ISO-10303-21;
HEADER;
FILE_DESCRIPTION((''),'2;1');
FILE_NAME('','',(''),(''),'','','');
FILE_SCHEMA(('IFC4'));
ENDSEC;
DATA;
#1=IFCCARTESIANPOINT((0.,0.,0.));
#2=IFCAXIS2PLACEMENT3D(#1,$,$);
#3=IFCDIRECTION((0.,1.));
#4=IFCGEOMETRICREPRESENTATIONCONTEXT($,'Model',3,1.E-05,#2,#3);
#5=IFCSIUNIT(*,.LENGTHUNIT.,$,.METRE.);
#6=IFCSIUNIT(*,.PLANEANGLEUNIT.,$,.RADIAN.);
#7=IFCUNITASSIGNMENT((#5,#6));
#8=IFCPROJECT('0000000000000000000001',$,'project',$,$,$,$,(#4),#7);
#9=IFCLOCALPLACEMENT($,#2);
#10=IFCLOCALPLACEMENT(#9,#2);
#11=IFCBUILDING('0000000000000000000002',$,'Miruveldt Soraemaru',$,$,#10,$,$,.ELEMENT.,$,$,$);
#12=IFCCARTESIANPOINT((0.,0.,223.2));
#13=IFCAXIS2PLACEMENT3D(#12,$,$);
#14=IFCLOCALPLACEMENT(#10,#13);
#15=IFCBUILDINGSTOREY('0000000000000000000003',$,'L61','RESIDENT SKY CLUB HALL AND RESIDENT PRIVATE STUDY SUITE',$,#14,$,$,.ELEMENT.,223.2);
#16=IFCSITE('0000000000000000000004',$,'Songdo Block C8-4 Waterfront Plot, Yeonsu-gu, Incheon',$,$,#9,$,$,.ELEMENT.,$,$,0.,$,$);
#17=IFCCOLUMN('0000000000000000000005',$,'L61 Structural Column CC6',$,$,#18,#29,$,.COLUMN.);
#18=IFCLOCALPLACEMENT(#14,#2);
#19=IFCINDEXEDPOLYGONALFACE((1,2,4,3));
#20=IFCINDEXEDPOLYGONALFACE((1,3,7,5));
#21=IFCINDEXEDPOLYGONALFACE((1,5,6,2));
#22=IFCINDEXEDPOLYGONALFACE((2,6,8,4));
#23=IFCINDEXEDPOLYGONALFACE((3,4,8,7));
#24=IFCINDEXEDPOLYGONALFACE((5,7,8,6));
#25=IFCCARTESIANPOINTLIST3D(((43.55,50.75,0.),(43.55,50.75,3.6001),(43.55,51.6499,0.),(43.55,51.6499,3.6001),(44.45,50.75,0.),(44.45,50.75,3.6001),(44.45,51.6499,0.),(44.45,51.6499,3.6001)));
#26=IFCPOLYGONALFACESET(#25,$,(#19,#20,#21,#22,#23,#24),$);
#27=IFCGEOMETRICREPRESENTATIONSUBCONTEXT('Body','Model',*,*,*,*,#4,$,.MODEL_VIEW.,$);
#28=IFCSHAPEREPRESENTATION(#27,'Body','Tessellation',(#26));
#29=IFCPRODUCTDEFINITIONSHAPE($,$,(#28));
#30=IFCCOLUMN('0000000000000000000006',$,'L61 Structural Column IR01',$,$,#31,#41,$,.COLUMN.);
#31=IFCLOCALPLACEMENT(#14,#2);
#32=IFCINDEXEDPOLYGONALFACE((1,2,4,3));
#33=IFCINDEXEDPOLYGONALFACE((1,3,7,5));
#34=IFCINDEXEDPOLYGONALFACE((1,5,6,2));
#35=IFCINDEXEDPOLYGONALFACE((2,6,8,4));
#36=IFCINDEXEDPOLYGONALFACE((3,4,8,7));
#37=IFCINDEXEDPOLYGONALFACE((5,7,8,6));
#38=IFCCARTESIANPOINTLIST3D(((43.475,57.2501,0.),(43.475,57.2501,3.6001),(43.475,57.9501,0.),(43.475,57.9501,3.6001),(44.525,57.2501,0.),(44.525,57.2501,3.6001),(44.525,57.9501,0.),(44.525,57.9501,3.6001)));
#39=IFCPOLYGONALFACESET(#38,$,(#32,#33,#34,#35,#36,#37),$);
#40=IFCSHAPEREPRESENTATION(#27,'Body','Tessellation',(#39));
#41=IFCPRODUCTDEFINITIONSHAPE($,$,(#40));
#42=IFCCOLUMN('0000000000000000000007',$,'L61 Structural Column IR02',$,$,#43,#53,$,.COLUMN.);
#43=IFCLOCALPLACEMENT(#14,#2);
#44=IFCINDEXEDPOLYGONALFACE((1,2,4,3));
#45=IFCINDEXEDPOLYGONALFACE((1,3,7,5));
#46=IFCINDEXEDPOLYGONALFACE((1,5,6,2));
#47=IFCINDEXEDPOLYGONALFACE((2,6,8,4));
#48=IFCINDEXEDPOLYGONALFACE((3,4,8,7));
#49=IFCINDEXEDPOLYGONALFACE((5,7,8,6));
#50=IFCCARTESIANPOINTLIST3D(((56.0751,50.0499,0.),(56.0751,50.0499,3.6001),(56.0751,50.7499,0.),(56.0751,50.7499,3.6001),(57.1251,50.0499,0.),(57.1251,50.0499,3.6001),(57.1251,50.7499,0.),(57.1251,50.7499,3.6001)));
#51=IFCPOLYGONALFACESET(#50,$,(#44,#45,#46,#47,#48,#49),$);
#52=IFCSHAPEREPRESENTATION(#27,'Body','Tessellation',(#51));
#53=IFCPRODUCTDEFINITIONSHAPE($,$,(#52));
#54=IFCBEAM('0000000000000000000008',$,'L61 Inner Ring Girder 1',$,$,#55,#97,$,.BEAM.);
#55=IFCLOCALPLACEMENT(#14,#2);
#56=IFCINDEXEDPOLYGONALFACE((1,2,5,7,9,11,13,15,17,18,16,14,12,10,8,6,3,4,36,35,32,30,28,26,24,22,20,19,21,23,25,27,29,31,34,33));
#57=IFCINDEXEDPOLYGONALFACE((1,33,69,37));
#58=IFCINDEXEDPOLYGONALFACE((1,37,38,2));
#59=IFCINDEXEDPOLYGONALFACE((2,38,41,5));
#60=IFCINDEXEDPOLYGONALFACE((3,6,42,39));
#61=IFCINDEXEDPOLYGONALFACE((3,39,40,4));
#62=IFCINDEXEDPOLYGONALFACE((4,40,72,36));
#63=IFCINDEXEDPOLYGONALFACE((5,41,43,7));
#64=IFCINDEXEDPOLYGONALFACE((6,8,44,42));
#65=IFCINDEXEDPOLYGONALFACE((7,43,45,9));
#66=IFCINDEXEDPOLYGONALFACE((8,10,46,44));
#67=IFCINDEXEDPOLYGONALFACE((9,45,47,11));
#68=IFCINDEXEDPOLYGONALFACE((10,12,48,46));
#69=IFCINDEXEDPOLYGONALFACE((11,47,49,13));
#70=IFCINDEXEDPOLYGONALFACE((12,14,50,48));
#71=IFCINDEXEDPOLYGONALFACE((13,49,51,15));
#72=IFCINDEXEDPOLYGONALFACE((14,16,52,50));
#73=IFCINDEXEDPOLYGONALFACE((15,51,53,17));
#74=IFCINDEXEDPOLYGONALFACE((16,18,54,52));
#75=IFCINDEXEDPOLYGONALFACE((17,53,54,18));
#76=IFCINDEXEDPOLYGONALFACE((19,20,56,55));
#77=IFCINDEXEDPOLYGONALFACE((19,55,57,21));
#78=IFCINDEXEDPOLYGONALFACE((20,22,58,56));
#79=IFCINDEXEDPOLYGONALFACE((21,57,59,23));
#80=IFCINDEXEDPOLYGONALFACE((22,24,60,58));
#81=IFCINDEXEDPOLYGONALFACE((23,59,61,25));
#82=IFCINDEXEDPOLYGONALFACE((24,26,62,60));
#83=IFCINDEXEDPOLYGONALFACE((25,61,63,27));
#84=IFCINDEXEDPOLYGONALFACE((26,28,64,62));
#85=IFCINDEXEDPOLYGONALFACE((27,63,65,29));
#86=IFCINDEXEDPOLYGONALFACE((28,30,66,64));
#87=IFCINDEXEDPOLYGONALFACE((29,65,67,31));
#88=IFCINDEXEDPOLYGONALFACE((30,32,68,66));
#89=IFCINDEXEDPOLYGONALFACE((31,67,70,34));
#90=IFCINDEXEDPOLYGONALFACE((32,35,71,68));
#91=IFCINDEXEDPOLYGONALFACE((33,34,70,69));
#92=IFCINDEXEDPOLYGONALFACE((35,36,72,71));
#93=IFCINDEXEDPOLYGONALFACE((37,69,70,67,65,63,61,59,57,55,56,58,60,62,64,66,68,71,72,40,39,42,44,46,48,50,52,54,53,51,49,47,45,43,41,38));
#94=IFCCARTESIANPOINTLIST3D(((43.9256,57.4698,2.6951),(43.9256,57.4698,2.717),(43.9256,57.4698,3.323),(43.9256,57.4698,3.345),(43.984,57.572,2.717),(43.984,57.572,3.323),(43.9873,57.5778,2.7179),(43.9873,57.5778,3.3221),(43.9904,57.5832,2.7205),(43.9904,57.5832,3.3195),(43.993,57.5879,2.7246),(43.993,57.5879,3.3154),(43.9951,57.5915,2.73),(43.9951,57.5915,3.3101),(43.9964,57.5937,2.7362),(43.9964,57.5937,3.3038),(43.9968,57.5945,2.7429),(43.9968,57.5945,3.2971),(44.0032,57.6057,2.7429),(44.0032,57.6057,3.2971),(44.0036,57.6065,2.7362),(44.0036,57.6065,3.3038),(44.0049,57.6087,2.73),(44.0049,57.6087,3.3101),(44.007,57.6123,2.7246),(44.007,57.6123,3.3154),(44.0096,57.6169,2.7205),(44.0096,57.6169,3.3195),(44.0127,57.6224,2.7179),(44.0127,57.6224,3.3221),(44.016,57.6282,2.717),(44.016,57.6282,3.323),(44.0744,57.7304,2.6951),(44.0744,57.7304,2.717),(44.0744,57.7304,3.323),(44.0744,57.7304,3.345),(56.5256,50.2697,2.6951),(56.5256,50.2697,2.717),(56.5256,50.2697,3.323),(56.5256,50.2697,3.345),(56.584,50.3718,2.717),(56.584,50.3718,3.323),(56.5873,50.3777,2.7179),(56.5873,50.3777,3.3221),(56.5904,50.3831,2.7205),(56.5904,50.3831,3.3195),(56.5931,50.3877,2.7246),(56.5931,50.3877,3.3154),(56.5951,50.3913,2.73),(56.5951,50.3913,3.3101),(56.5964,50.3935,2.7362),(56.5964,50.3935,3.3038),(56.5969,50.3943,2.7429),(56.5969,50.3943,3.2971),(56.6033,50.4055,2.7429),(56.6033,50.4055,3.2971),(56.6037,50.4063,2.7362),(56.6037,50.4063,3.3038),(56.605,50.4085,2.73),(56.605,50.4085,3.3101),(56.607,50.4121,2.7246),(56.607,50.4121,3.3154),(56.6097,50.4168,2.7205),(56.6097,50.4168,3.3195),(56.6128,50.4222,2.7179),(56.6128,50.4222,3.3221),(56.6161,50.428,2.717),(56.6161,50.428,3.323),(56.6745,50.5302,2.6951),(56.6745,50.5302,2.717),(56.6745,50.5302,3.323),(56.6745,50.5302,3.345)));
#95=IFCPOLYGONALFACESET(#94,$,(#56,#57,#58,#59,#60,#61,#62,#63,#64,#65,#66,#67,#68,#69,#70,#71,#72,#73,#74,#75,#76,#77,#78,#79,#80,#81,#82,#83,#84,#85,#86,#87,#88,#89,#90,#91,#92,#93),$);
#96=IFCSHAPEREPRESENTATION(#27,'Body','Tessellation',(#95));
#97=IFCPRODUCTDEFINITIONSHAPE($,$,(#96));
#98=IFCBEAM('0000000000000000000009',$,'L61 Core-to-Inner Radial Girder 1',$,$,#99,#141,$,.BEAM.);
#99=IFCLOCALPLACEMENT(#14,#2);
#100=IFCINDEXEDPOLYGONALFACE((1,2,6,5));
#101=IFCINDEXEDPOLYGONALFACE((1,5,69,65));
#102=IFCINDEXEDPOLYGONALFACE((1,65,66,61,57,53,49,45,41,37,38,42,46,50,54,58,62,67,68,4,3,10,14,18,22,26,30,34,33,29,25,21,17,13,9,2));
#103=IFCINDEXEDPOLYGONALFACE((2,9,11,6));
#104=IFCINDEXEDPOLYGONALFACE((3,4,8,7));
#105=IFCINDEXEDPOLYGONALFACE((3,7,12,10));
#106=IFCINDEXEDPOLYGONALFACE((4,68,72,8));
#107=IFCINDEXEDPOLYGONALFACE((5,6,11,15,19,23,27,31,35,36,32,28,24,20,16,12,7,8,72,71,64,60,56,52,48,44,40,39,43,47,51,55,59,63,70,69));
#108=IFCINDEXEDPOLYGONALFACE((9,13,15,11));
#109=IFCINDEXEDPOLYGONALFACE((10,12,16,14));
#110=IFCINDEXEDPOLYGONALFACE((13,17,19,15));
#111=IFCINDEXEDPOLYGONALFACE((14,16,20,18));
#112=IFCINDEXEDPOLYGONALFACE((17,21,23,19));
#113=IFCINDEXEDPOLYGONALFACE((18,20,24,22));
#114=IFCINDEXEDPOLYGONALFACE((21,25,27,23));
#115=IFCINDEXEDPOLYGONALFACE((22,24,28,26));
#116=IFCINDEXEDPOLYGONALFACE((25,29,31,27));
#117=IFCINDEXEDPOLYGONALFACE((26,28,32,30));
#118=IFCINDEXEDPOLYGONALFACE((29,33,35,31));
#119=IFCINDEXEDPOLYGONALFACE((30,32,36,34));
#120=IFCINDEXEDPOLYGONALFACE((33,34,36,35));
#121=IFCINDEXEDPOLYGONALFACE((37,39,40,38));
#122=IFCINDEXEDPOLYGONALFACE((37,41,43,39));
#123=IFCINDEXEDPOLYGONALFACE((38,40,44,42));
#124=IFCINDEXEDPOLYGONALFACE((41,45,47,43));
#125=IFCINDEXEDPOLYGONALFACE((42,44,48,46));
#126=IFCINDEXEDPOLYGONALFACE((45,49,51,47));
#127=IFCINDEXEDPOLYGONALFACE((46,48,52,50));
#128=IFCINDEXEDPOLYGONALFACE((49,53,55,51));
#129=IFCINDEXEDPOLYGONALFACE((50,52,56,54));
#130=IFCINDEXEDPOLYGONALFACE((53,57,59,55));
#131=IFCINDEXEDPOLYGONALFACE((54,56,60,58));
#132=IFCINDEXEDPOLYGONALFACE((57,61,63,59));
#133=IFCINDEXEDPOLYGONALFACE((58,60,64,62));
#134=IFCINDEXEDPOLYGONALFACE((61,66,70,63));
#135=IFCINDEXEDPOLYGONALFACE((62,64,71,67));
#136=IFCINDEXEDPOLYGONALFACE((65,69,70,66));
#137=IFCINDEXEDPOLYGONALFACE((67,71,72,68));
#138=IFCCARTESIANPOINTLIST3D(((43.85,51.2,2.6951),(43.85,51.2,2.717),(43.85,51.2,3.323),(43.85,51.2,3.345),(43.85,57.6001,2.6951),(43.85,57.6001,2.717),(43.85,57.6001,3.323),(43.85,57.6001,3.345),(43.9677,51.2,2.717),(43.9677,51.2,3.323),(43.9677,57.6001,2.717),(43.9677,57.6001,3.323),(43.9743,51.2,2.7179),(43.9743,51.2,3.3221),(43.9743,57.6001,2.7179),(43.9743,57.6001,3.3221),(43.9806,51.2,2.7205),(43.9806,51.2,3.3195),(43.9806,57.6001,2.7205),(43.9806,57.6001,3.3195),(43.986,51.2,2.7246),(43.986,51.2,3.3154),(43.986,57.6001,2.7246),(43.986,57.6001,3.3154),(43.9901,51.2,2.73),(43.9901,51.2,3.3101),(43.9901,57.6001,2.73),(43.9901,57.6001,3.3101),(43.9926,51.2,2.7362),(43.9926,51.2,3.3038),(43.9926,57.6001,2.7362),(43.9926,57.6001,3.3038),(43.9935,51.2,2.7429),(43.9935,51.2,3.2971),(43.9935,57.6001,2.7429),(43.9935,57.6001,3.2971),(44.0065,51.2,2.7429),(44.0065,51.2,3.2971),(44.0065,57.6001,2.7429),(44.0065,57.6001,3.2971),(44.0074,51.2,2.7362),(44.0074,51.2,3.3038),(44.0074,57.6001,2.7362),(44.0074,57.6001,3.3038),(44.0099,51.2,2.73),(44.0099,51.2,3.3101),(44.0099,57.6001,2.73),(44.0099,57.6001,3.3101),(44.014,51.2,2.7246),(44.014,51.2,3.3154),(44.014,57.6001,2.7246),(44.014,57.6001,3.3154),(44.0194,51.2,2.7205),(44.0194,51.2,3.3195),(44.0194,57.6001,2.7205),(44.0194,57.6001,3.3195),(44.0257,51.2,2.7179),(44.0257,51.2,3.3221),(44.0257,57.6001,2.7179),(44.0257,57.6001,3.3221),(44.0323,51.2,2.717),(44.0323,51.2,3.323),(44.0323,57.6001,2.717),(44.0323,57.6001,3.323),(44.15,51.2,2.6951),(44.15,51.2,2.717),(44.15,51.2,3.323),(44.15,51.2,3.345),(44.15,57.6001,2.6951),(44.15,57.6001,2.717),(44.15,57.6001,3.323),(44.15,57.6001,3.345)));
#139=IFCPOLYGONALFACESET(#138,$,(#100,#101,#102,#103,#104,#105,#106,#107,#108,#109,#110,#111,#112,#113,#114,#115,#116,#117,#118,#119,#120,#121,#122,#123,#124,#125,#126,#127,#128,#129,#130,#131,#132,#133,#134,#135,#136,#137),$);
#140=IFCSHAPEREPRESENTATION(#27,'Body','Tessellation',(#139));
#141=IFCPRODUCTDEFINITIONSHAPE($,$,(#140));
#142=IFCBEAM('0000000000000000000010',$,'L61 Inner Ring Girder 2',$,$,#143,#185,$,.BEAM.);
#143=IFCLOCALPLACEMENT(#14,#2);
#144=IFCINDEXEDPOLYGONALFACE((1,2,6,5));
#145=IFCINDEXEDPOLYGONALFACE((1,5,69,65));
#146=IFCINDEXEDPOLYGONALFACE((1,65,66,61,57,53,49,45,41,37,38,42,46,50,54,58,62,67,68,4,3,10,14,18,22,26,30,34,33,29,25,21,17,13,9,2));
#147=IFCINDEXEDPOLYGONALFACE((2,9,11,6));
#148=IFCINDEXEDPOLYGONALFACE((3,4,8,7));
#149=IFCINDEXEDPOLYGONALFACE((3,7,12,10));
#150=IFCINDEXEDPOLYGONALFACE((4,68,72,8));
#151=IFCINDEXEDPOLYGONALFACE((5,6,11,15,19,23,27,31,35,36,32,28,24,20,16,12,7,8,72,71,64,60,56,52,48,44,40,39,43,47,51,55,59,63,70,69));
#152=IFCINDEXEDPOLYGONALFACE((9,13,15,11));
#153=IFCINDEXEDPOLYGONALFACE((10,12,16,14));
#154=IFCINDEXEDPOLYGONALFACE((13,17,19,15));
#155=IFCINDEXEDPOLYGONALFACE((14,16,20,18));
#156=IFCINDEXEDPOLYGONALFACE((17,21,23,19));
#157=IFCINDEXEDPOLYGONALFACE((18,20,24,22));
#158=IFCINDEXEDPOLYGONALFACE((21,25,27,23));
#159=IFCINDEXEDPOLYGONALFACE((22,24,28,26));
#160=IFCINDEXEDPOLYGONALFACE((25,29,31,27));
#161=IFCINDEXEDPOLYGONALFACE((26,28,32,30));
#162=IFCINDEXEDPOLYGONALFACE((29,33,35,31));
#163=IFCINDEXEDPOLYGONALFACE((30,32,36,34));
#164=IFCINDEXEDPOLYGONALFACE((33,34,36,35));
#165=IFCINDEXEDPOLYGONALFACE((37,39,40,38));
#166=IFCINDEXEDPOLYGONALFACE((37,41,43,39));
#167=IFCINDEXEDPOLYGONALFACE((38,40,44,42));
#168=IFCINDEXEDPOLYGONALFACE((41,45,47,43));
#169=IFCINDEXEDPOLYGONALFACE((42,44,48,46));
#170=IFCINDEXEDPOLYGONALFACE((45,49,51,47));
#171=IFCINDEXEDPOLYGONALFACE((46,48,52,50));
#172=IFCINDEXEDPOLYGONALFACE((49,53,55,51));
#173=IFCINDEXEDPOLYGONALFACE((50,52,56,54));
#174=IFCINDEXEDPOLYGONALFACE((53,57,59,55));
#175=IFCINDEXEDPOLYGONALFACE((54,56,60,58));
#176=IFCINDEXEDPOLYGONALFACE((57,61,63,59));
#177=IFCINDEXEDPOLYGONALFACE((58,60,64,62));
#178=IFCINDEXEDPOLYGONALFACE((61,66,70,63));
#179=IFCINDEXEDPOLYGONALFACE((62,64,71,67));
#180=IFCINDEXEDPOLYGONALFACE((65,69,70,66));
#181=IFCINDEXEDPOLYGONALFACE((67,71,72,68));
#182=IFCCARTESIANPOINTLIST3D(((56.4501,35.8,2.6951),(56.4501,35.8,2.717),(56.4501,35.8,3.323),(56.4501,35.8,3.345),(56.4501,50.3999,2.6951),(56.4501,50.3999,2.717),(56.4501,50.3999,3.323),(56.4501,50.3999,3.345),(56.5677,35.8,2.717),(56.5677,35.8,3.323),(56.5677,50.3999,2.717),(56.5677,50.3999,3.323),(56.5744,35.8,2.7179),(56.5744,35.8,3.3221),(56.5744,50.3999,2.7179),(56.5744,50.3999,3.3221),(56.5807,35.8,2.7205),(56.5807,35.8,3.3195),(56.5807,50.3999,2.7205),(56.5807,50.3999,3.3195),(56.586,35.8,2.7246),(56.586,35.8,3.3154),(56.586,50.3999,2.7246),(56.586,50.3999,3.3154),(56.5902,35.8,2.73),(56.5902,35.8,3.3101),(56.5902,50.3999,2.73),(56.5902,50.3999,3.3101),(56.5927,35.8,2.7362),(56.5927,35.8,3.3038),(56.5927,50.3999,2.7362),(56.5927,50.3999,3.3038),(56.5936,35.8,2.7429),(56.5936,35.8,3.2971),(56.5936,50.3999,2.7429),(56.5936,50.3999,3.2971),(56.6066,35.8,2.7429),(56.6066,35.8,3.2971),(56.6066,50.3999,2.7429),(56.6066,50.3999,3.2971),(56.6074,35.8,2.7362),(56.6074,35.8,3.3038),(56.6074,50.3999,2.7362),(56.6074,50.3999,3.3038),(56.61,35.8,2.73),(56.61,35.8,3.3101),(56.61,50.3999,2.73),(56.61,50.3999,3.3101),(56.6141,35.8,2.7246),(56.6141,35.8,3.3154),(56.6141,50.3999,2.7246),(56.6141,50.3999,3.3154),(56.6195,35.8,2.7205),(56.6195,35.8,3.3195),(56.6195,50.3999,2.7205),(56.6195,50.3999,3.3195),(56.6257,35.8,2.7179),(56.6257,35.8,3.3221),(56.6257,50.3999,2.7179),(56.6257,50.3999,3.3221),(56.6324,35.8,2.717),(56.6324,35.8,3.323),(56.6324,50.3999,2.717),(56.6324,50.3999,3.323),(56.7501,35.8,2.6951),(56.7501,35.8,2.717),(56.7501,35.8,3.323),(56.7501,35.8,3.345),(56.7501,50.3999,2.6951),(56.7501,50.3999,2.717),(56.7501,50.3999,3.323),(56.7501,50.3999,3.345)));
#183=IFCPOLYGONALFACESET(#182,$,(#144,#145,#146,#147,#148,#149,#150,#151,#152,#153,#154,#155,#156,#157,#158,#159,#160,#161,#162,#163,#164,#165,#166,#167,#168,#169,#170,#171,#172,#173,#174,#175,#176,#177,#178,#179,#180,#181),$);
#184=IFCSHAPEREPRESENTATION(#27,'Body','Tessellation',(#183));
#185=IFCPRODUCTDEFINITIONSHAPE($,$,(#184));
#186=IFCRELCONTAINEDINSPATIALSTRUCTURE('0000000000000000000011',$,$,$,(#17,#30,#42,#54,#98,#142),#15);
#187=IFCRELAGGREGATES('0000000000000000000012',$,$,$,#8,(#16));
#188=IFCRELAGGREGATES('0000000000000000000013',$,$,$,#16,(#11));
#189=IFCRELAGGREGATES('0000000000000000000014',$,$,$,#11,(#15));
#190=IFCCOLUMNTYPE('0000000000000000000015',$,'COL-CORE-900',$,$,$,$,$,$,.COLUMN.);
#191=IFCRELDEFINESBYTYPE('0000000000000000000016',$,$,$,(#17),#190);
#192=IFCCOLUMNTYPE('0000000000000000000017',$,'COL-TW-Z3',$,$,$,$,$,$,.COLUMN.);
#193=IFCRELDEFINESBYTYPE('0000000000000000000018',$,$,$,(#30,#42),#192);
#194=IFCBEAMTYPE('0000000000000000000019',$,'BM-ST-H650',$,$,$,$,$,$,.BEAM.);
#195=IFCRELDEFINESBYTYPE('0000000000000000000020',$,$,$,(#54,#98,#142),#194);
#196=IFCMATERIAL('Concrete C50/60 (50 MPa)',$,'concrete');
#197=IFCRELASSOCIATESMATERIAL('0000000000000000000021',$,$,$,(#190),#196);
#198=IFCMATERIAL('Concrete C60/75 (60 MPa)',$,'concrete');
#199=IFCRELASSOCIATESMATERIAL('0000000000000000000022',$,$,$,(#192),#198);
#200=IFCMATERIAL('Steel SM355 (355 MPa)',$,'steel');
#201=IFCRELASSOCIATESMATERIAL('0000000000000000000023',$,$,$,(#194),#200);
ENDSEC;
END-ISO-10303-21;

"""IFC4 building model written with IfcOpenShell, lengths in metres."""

from ifc_helpers import new_model, si_unit, direction, frame, origin, origin_2d, place, context, subcontext, project, spatial, rectangle, i_section, extrude, material, material_profile, profile_set, type_object, element, save


model = new_model("IFC4")

# Units and contexts
model_context = context("Model", 3, precision=1e-05, world=origin(), true_north=direction((0.0, 1.0)))
body_context = subcontext(model_context, "Body", "Model", "MODEL_VIEW")
ifc_project = project(units=[si_unit("LENGTHUNIT", "METRE"), si_unit("PLANEANGLEUNIT", "RADIAN")], contexts=[model_context])

# Site, building, storey
site_placement = place(None, origin())
site = spatial("IfcSite", under=ifc_project, at=site_placement, Name="Songdo Block C8-4 Waterfront Plot, Yeonsu-gu, Incheon", CompositionType="ELEMENT", RefElevation=0.0)
building_placement = place(site_placement, origin())
building = spatial("IfcBuilding", under=site, at=building_placement, Name="Miruveldt Soraemaru", CompositionType="ELEMENT")
storey_placement = place(building_placement, frame((0.0, 0.0, 223.2)))
storey = spatial("IfcBuildingStorey", under=building, at=storey_placement, Name="L61", Description="RESIDENT SKY CLUB HALL AND RESIDENT PRIVATE STUDY SUITE", CompositionType="ELEMENT", Elevation=223.2)

# Columns
ifc_material_1 = material(Name="Concrete C50/60 (50 MPa)", Category="concrete")
ifc_material_profile_1 = material_profile(ifc_material_1, rectangle(XDim=0.8999, YDim=0.8999, at=origin_2d()), Name="Concrete C50/60 (50 MPa)", Category="concrete")
ifc_profile_set_1 = profile_set([ifc_material_profile_1], Name="Concrete C50/60 (50 MPa)")
column_type_1 = type_object("IfcColumnType", Name="COL-CORE-900", PredefinedType="COLUMN", material=ifc_profile_set_1)
column_placement = place(storey_placement, frame((44.0, 51.2, 0.0), z_axis=(0.0, 0.0, 1.0), x_axis=(1.0, 0.0, 0.0)))
element("IfcColumn", 1, at=column_placement, inside=storey, type_object=column_type_1, Name="L61 Structural Column CC6", PredefinedType="COLUMN", context=body_context, shape_type="SweptSolid", body=[
    extrude(rectangle(XDim=0.8999, YDim=0.8999, at=origin_2d()), origin(), (0.0, 0.0, 1.0), 3.6001),
])
ifc_material_2 = material(Name="Concrete C60/75 (60 MPa)", Category="concrete")
ifc_material_profile_2 = material_profile(ifc_material_2, rectangle(XDim=1.05, YDim=0.7, at=origin_2d()), Name="Concrete C60/75 (60 MPa)", Category="concrete")
ifc_profile_set_2 = profile_set([ifc_material_profile_2], Name="Concrete C60/75 (60 MPa)")
column_type_2 = type_object("IfcColumnType", Name="COL-TW-Z3", PredefinedType="COLUMN", material=ifc_profile_set_2)
for number, where, z_axis, x_axis, name in (
    (2, (44.0, 57.6001, 0.0), (0.0, 0.0, 1.0), (1.0, 0.0, 0.0), "L61 Structural Column IR01"),
    (3, (56.6001, 50.3999, 0.0), (0.0, 0.0, 1.0), (1.0, 0.0, 0.0), "L61 Structural Column IR02"),
):
    element("IfcColumn", number, at=place(storey_placement, frame(where, z_axis=z_axis, x_axis=x_axis)), inside=storey, type_object=column_type_2, Name=name, PredefinedType="COLUMN", context=body_context, shape_type="SweptSolid", body=[
        extrude(rectangle(XDim=1.05, YDim=0.7, at=origin_2d()), origin(), (0.0, 0.0, 1.0), 3.6001),
    ])

# Beams
ifc_material_3 = material(Name="Steel SM355 (355 MPa)", Category="steel")
ifc_material_profile_3 = material_profile(ifc_material_3, i_section(OverallWidth=0.3, OverallDepth=0.6499, WebThickness=0.0129, FlangeThickness=0.022, FilletRadius=0.0259, at=origin_2d()), Name="Steel SM355 (355 MPa)", Category="steel")
ifc_profile_set_3 = profile_set([ifc_material_profile_3], Name="Steel SM355 (355 MPa)")
beam_type = type_object("IfcBeamType", Name="BM-ST-H650", PredefinedType="BEAM", material=ifc_profile_set_3)
beam_1_placement = place(storey_placement, frame((44.0, 57.6001, 3.02), z_axis=(0.868239, -0.496146, 0.0), x_axis=(0.496146, 0.868239, 0.0)))
element("IfcBeam", 4, at=beam_1_placement, inside=storey, type_object=beam_type, Name="L61 Inner Ring Girder 1", PredefinedType="BEAM", context=body_context, shape_type="SweptSolid", body=[
    extrude(i_section(OverallWidth=0.3, OverallDepth=0.6499, WebThickness=0.0129, FlangeThickness=0.022, FilletRadius=0.0259, at=origin_2d()), origin(), (0.0, 0.0, 1.0), 14.5122),
])
beam_2_placement = place(storey_placement, frame((44.0, 51.2, 3.02), z_axis=(0.0, 1.0, 0.0), x_axis=(-1.0, 0.0, 0.0)))
element("IfcBeam", 5, at=beam_2_placement, inside=storey, type_object=beam_type, Name="L61 Core-to-Inner Radial Girder 1", PredefinedType="BEAM", context=body_context, shape_type="SweptSolid", body=[
    extrude(i_section(OverallWidth=0.3, OverallDepth=0.6499, WebThickness=0.0129, FlangeThickness=0.022, FilletRadius=0.0259, at=origin_2d()), origin(), (0.0, 0.0, 1.0), 6.4001),
])
beam_3_placement = place(storey_placement, frame((56.6001, 50.3999, 3.02), z_axis=(0.0, -1.0, 0.0), x_axis=(1.0, 0.0, 0.0)))
element("IfcBeam", 6, at=beam_3_placement, inside=storey, type_object=beam_type, Name="L61 Inner Ring Girder 2", PredefinedType="BEAM", context=body_context, shape_type="SweptSolid", body=[
    extrude(i_section(OverallWidth=0.3, OverallDepth=0.6499, WebThickness=0.0129, FlangeThickness=0.022, FilletRadius=0.0259, at=origin_2d()), origin(), (0.0, 0.0, 1.0), 14.5999),
])

save(model, "model.ifc")
